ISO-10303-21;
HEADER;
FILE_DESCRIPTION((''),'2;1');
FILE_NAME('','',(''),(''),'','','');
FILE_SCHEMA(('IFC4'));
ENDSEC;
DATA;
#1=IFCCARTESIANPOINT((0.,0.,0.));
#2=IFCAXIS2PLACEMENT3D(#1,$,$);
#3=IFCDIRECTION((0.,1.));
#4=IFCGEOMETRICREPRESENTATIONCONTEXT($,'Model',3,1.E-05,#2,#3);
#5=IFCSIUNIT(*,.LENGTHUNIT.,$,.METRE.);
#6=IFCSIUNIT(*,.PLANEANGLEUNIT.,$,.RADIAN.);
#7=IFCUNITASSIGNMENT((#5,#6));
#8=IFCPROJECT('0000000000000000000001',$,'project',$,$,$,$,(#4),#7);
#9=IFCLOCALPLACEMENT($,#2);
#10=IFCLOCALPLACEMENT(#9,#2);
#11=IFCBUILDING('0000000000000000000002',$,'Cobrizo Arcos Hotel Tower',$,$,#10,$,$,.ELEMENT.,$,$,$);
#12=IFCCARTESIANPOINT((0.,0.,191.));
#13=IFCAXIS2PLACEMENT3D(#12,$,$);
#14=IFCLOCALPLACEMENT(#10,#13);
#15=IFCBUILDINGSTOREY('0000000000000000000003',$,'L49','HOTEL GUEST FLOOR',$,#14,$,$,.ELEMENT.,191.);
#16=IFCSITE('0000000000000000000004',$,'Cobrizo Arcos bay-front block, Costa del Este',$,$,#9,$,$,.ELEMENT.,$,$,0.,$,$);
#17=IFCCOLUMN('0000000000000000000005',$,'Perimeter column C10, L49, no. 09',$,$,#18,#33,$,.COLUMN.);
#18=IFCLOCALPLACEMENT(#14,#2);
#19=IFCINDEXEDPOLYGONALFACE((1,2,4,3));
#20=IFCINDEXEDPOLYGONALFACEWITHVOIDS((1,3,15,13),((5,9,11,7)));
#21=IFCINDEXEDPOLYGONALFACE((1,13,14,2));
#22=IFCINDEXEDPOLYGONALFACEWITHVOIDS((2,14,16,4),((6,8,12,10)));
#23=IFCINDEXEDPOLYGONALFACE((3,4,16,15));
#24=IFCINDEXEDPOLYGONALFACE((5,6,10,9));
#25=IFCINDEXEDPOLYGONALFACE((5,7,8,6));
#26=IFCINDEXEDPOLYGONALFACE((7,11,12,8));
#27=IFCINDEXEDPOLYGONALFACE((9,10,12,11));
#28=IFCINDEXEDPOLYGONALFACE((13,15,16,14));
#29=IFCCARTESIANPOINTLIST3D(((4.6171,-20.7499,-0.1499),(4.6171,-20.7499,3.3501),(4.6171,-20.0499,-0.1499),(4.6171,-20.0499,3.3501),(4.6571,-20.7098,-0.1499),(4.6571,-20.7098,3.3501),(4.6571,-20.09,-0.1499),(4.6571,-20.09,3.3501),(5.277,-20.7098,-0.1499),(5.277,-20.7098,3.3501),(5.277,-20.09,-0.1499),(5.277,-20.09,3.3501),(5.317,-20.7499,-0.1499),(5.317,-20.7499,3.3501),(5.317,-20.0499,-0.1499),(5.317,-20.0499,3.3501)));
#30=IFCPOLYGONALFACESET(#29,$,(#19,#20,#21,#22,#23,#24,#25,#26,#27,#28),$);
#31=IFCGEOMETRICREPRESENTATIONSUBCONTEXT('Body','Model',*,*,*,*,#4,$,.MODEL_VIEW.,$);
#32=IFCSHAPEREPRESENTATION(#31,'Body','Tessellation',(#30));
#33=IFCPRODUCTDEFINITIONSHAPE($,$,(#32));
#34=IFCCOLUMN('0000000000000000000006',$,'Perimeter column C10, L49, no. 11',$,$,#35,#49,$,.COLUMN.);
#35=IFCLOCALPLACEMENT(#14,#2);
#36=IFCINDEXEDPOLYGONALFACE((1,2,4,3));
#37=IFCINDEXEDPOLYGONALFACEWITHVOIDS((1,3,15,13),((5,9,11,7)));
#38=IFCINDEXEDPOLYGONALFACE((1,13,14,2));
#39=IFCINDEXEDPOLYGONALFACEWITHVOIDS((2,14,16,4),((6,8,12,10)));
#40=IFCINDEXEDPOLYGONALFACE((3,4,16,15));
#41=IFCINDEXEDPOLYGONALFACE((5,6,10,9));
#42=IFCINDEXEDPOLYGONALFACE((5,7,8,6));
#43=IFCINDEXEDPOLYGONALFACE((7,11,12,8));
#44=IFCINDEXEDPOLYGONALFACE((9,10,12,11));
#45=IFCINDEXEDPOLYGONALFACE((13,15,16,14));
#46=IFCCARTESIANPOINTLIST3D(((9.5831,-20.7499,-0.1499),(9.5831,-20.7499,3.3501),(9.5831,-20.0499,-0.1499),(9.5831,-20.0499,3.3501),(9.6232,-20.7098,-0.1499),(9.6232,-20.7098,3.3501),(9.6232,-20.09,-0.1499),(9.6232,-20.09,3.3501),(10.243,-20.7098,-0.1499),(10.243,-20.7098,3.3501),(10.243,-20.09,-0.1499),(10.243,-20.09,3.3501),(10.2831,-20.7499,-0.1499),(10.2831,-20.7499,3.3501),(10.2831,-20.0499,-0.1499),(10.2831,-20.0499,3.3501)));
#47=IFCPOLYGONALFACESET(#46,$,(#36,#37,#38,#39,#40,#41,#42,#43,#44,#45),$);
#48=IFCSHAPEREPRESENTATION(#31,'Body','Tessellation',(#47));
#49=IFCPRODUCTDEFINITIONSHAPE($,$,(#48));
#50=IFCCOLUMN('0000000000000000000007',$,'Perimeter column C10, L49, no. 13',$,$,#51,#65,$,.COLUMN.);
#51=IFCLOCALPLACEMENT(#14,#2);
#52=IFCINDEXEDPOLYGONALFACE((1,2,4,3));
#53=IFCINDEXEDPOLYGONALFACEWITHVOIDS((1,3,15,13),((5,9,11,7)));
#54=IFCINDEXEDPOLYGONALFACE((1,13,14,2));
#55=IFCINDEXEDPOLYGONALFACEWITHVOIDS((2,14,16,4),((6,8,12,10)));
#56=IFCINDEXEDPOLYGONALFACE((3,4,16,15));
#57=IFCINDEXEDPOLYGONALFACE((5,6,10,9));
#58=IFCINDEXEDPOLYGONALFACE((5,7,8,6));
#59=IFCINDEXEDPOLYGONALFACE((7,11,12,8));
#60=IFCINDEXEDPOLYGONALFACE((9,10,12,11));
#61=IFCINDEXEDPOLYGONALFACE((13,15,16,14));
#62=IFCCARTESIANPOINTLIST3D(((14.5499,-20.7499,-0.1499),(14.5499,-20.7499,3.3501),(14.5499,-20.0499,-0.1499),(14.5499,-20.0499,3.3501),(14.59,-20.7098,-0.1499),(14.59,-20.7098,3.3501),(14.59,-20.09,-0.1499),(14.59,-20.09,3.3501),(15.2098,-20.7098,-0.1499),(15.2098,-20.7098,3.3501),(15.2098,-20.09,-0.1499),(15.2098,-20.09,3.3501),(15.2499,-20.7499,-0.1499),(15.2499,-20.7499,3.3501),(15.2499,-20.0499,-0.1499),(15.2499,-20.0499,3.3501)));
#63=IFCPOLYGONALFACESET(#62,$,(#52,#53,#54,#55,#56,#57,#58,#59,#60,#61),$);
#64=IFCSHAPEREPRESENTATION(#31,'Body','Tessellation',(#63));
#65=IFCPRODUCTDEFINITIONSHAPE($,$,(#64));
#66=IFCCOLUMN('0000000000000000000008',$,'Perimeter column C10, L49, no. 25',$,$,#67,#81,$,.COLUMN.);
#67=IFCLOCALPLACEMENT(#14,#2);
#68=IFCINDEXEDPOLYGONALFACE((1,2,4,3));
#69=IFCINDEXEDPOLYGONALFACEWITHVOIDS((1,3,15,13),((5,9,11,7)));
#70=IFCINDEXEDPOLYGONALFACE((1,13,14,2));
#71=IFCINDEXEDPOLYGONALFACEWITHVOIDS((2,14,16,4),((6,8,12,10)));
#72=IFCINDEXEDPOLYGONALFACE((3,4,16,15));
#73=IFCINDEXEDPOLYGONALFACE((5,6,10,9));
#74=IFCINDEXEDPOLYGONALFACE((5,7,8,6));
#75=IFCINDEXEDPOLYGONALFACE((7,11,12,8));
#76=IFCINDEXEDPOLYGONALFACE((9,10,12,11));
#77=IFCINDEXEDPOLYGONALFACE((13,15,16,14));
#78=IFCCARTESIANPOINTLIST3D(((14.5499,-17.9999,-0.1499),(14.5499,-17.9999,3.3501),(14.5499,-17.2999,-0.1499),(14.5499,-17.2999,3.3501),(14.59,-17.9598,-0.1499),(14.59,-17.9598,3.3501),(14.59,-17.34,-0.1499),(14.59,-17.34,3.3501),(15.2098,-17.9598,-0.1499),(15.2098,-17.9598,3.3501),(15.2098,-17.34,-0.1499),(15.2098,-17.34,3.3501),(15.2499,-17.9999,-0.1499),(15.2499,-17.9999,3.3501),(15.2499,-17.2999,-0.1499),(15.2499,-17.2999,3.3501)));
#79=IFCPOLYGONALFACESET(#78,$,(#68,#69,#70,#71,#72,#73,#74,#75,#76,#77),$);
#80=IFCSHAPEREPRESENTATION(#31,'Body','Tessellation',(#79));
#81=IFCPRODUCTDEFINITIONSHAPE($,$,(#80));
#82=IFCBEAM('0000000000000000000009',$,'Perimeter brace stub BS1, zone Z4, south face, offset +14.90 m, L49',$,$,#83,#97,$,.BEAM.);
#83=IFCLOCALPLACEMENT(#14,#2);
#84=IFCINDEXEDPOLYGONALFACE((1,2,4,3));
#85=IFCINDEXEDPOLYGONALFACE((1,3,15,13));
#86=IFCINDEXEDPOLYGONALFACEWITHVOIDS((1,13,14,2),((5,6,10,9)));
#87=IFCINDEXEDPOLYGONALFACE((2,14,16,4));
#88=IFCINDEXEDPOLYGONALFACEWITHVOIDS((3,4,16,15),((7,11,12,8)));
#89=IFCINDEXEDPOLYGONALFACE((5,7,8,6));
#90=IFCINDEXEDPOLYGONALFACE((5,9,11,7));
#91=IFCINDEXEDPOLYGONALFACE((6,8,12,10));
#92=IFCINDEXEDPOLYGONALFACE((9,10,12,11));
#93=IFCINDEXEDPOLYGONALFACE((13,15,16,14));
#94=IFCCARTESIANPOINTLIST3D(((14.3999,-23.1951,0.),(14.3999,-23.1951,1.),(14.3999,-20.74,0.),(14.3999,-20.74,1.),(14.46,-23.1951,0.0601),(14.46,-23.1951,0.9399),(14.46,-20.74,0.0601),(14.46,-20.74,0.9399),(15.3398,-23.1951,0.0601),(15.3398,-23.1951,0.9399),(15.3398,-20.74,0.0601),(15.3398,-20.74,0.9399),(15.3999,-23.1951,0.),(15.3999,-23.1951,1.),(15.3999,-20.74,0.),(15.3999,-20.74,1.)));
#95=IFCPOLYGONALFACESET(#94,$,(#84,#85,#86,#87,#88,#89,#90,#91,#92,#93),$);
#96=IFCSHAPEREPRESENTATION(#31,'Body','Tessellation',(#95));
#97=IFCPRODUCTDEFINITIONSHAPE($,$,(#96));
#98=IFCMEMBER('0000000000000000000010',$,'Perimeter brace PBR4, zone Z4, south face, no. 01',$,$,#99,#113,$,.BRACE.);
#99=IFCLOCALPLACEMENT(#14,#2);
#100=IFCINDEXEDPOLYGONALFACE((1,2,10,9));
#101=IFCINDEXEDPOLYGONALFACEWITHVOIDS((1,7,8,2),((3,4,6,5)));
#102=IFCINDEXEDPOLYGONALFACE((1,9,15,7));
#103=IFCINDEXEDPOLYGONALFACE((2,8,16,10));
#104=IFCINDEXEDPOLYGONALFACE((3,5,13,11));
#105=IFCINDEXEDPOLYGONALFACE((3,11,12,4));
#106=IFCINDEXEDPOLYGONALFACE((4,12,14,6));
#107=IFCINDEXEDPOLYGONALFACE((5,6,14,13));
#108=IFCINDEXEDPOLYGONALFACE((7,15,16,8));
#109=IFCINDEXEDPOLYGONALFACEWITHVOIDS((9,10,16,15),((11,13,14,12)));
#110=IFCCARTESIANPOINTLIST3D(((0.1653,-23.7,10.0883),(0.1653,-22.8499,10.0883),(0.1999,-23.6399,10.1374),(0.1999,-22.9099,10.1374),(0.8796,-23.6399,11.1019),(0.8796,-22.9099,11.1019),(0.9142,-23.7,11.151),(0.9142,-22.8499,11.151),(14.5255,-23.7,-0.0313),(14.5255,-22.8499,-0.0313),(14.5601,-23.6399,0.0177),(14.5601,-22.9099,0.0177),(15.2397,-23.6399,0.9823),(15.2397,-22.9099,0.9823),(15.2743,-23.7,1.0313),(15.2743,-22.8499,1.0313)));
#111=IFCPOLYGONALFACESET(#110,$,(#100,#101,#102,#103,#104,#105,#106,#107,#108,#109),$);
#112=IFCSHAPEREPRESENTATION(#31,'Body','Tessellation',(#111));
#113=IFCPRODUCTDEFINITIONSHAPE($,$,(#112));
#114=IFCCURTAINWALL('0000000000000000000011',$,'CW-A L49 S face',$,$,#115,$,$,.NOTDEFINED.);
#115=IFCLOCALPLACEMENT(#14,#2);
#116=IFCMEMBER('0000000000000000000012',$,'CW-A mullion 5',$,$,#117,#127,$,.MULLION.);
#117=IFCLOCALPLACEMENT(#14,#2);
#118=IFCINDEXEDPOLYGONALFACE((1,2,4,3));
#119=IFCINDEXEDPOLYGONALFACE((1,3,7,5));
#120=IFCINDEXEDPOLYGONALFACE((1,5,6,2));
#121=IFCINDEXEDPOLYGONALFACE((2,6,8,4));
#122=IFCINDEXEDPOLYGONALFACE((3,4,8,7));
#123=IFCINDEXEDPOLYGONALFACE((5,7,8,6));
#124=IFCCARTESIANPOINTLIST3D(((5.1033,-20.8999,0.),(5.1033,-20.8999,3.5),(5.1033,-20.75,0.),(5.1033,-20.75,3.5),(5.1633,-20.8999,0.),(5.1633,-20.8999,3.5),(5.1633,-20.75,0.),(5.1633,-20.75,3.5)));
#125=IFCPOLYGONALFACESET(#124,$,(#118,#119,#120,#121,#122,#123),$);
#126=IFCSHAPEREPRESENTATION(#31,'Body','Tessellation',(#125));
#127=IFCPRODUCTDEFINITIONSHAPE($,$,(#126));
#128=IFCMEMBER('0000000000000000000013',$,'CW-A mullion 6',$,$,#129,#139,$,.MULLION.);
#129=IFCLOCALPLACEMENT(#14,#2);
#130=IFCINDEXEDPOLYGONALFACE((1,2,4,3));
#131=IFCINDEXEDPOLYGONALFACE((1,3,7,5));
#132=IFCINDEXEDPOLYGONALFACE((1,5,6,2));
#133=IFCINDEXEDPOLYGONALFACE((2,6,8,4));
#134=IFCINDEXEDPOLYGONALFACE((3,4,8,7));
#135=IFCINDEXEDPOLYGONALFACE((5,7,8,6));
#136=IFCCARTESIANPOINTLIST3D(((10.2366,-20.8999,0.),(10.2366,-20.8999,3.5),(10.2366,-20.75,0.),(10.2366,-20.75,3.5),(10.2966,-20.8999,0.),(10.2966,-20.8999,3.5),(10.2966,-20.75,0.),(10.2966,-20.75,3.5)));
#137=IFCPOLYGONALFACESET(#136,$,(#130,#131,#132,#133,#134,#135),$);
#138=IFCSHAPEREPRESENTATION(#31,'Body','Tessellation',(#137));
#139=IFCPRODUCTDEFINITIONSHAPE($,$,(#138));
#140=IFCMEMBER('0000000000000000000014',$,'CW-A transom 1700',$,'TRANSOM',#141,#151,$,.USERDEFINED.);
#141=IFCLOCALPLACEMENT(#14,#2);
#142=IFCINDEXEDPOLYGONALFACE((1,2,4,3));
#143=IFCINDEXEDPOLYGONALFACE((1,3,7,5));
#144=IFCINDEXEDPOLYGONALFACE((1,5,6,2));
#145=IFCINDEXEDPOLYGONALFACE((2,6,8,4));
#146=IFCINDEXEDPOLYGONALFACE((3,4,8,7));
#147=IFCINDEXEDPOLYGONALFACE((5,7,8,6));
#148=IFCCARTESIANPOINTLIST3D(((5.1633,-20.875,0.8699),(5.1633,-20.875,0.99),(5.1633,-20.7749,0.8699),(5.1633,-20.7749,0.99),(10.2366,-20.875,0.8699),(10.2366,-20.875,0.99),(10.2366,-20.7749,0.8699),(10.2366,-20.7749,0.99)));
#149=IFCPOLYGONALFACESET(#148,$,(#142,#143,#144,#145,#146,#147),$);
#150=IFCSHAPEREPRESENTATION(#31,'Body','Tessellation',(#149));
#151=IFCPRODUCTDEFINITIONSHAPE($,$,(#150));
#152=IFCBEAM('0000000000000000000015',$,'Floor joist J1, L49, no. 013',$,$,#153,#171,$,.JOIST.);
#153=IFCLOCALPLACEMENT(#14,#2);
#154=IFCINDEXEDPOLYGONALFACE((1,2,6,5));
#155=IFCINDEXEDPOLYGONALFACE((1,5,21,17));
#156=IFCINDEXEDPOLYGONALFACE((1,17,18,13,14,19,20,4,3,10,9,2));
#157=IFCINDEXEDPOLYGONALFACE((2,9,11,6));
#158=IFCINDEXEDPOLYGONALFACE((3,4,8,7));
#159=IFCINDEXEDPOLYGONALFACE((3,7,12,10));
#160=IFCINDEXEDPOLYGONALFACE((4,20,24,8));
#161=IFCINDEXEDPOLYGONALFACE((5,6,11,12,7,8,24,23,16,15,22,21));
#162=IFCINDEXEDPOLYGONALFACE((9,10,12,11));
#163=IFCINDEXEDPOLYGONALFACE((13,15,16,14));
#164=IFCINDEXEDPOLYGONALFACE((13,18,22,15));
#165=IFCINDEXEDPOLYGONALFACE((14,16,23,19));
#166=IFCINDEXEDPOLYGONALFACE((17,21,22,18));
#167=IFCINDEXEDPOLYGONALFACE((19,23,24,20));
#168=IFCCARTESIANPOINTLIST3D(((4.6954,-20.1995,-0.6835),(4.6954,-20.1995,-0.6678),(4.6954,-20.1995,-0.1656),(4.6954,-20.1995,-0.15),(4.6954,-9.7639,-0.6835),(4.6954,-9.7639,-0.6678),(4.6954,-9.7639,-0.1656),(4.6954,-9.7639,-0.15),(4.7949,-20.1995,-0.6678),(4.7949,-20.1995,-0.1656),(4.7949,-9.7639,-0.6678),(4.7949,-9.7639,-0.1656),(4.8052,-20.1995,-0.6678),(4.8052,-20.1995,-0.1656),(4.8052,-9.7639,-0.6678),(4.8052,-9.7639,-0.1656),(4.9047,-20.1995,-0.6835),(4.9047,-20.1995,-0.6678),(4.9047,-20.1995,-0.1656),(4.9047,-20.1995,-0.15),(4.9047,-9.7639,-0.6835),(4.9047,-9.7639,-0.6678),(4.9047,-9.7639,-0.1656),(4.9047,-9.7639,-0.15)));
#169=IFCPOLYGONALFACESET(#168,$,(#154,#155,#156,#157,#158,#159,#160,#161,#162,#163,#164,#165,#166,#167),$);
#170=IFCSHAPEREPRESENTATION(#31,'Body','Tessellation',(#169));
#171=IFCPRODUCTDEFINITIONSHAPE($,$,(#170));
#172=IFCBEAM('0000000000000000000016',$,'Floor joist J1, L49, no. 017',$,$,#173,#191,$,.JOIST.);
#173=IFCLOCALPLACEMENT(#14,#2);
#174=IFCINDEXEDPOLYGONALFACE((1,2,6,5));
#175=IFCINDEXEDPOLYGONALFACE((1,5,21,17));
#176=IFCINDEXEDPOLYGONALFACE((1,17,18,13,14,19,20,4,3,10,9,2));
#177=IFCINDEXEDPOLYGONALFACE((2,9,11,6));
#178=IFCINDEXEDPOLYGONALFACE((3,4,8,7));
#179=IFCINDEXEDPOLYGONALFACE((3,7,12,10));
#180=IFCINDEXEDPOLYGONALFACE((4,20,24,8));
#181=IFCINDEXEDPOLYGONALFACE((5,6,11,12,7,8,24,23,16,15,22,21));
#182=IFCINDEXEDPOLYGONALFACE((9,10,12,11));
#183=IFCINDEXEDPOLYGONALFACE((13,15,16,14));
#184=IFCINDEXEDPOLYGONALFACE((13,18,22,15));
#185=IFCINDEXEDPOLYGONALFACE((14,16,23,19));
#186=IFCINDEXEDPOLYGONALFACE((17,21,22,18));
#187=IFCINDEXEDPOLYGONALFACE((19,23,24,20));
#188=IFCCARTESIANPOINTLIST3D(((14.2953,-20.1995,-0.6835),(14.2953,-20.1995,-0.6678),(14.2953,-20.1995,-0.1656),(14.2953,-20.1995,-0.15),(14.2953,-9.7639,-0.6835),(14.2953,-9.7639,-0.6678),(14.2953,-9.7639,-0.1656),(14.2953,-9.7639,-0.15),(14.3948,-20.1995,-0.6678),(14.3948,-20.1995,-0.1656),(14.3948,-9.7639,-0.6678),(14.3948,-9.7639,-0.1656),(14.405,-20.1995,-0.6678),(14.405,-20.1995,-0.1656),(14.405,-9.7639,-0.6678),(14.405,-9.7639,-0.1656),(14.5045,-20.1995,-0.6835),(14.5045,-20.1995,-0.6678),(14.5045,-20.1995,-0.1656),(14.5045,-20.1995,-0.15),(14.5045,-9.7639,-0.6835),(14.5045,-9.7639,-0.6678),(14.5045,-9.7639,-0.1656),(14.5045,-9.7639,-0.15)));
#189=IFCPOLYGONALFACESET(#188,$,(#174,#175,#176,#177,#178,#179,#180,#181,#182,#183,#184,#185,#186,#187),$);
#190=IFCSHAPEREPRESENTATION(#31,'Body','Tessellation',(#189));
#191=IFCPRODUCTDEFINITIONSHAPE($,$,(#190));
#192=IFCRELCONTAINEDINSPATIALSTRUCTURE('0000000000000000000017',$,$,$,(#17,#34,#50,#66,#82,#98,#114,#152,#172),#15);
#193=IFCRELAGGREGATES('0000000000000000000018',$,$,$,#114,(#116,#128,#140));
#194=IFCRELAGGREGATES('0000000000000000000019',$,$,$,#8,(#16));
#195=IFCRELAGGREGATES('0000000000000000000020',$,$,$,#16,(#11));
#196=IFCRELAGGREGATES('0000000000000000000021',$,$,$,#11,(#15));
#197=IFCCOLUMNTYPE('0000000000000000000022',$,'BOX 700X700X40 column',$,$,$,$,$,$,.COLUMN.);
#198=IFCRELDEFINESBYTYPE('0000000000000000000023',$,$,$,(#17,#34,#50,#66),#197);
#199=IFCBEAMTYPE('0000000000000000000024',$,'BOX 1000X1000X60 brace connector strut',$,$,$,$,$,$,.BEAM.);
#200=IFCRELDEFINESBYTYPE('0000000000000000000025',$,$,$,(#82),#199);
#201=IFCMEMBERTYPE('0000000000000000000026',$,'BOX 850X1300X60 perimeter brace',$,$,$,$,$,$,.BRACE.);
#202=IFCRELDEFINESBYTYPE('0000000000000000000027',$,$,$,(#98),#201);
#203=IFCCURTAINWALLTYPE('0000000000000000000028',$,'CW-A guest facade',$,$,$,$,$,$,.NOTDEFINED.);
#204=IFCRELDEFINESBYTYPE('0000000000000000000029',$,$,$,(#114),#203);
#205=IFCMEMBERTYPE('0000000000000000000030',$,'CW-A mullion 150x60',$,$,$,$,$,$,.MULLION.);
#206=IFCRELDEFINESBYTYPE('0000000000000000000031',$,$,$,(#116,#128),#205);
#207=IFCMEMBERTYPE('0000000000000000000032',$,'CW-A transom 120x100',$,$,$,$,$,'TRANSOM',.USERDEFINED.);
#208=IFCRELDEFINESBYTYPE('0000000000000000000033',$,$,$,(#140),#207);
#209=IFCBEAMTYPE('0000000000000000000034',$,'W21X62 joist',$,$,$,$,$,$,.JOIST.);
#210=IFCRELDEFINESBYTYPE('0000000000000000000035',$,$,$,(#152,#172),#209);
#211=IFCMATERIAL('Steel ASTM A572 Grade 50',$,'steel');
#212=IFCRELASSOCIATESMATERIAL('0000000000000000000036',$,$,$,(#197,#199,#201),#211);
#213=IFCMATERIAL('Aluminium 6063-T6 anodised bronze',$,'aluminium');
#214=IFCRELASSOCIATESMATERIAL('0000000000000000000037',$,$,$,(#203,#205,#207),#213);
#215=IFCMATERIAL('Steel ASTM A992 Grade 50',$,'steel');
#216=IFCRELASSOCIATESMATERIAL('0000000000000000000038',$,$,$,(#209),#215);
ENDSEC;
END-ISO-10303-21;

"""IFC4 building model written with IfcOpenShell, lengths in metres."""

from ifc_helpers import new_model, si_unit, direction, frame, origin, origin_2d, place, context, subcontext, project, spatial, rectangle, hollow_rectangle, i_section, extrude, material, material_profile, profile_set, type_object, element, aggregate, save


model = new_model("IFC4")

# Units and contexts
model_context = context("Model", 3, precision=1e-05, world=origin(), true_north=direction((0.0, 1.0)))
body_context = subcontext(model_context, "Body", "Model", "MODEL_VIEW")
ifc_project = project(units=[si_unit("LENGTHUNIT", "METRE"), si_unit("PLANEANGLEUNIT", "RADIAN")], contexts=[model_context])

# Site, building, storey
site_placement = place(None, origin())
site = spatial("IfcSite", under=ifc_project, at=site_placement, Name="Cobrizo Arcos bay-front block, Costa del Este", CompositionType="ELEMENT", RefElevation=0.0)
building_placement = place(site_placement, origin())
building = spatial("IfcBuilding", under=site, at=building_placement, Name="Cobrizo Arcos Hotel Tower", CompositionType="ELEMENT")
storey_placement = place(building_placement, frame((0.0, 0.0, 191.0)))
storey = spatial("IfcBuildingStorey", under=building, at=storey_placement, Name="L49", Description="HOTEL GUEST FLOOR", CompositionType="ELEMENT", Elevation=191.0)

# Columns
ifc_material_1 = material(Name="Steel ASTM A572 Grade 50", Category="steel")
ifc_material_profile_1 = material_profile(ifc_material_1, hollow_rectangle(XDim=0.7, YDim=0.7, WallThickness=0.04, at=origin_2d()), Name="BOX 700X700X40")
ifc_profile_set_1 = profile_set([ifc_material_profile_1], Name="Steel ASTM A572 Grade 50")
column_type = type_object("IfcColumnType", Name="BOX 700X700X40 column", PredefinedType="COLUMN", material=ifc_profile_set_1)
for number, where, z_axis, x_axis, name in (
    (1, (4.967, -20.3999, -0.1499), (0.0, 0.0, 1.0), (1.0, 0.0, 0.0), "Perimeter column C10, L49, no. 09"),
    (2, (9.9331, -20.3999, -0.1499), (0.0, 0.0, 1.0), (1.0, 0.0, 0.0), "Perimeter column C10, L49, no. 11"),
    (3, (14.8999, -20.3999, -0.1499), (0.0, 0.0, 1.0), (1.0, 0.0, 0.0), "Perimeter column C10, L49, no. 13"),
    (4, (14.8999, -17.6499, -0.1499), (0.0, 0.0, 1.0), (1.0, 0.0, 0.0), "Perimeter column C10, L49, no. 25"),
):
    element("IfcColumn", number, at=place(storey_placement, frame(where, z_axis=z_axis, x_axis=x_axis)), inside=storey, type_object=column_type, Name=name, PredefinedType="COLUMN", context=body_context, shape_type="SweptSolid", body=[
        extrude(hollow_rectangle(XDim=0.7, YDim=0.7, WallThickness=0.04, at=origin_2d()), origin(), (0.0, 0.0, 1.0), 3.5),
    ])

# Beam
ifc_material_profile_2 = material_profile(ifc_material_1, hollow_rectangle(XDim=1.0, YDim=1.0, WallThickness=0.0601, at=origin_2d()), Name="BOX 1000X1000X60")
ifc_profile_set_2 = profile_set([ifc_material_profile_2], Name="Steel ASTM A572 Grade 50")
beam_type_1 = type_object("IfcBeamType", Name="BOX 1000X1000X60 brace connector strut", PredefinedType="BEAM", material=ifc_profile_set_2)
beam_1_placement = place(storey_placement, frame((14.8999, -20.74, 0.5), z_axis=(0.0, -1.0, 0.0), x_axis=(1.0, 0.0, 0.0)))
element("IfcBeam", 5, at=beam_1_placement, inside=storey, type_object=beam_type_1, Name="Perimeter brace stub BS1, zone Z4, south face, offset +14.90 m, L49", PredefinedType="BEAM", context=body_context, shape_type="SweptSolid", body=[
    extrude(hollow_rectangle(XDim=1.0, YDim=1.0, WallThickness=0.0601, at=origin_2d()), origin(), (0.0, 0.0, 1.0), 2.4551),
])

# Member
ifc_material_profile_3 = material_profile(ifc_material_1, hollow_rectangle(XDim=0.8501, YDim=1.3, WallThickness=0.0601, at=origin_2d()), Name="BOX 850X1300X60")
ifc_profile_set_3 = profile_set([ifc_material_profile_3], Name="Steel ASTM A572 Grade 50")
member_type_1 = type_object("IfcMemberType", Name="BOX 850X1300X60 perimeter brace", PredefinedType="BRACE", material=ifc_profile_set_3)
member_1_placement = place(storey_placement, frame((14.8999, -23.2749, 0.5), z_axis=(-0.817421, 0.0, 0.57604), x_axis=(0.0, -1.0, 0.0)))
element("IfcMember", 6, at=member_1_placement, inside=storey, type_object=member_type_1, Name="Perimeter brace PBR4, zone Z4, south face, no. 01", PredefinedType="BRACE", context=body_context, shape_type="SweptSolid", body=[
    extrude(hollow_rectangle(XDim=0.8501, YDim=1.3, WallThickness=0.0601, at=origin_2d()), origin(), (0.0, 0.0, 1.0), 17.5676),
])

# Curtain wall, members
ifc_material_2 = material(Name="Aluminium 6063-T6 anodised bronze", Category="aluminium")
curtain_wall_type = type_object("IfcCurtainWallType", Name="CW-A guest facade", PredefinedType="NOTDEFINED", material=ifc_material_2)
curtain_wall_placement = place(storey_placement, origin())
curtain_wall = element("IfcCurtainWall", 7, at=curtain_wall_placement, inside=storey, type_object=curtain_wall_type, Name="CW-A L49 S face", PredefinedType="NOTDEFINED")
ifc_material_profile_4 = material_profile(ifc_material_2, rectangle(XDim=0.1499, YDim=0.0601, at=origin_2d()), Name="CW-A mullion 150x60")
ifc_profile_set_4 = profile_set([ifc_material_profile_4], Name="Aluminium 6063-T6 anodised bronze")
member_type_2 = type_object("IfcMemberType", Name="CW-A mullion 150x60", PredefinedType="MULLION", material=ifc_profile_set_4)
member_2_placement = place(storey_placement, frame((5.1333, -20.825, 0.0), z_axis=(0.0, 0.0, 1.0), x_axis=(0.0, -1.0, 0.0)))
member_2 = element("IfcMember", 8, at=member_2_placement, type_object=member_type_2, Name="CW-A mullion 5", PredefinedType="MULLION", context=body_context, shape_type="SweptSolid", body=[
    extrude(rectangle(XDim=0.1499, YDim=0.0601, at=origin_2d()), origin(), (0.0, 0.0, 1.0), 3.5),
])
member_3_placement = place(storey_placement, frame((10.2666, -20.825, 0.0), z_axis=(0.0, 0.0, 1.0), x_axis=(0.0, -1.0, 0.0)))
member_3 = element("IfcMember", 9, at=member_3_placement, type_object=member_type_2, Name="CW-A mullion 6", PredefinedType="MULLION", context=body_context, shape_type="SweptSolid", body=[
    extrude(rectangle(XDim=0.1499, YDim=0.0601, at=origin_2d()), origin(), (0.0, 0.0, 1.0), 3.5),
])
ifc_material_profile_5 = material_profile(ifc_material_2, rectangle(XDim=0.1001, YDim=0.1201, at=origin_2d()), Name="CW-A transom 120x100")
ifc_profile_set_5 = profile_set([ifc_material_profile_5], Name="Aluminium 6063-T6 anodised bronze")
member_type_3 = type_object("IfcMemberType", Name="CW-A transom 120x100", ElementType="TRANSOM", PredefinedType="USERDEFINED", material=ifc_profile_set_5)
member_4_placement = place(storey_placement, frame((5.1633, -20.825, 0.9299), z_axis=(1.0, 0.0, 0.0), x_axis=(0.0, 1.0, 0.0)))
member_4 = element("IfcMember", 10, at=member_4_placement, type_object=member_type_3, Name="CW-A transom 1700", ObjectType="TRANSOM", PredefinedType="USERDEFINED", context=body_context, shape_type="SweptSolid", body=[
    extrude(rectangle(XDim=0.1001, YDim=0.1201, at=origin_2d()), origin(), (0.0, 0.0, 1.0), 5.0732),
])

# Beams
ifc_material_3 = material(Name="Steel ASTM A992 Grade 50", Category="steel")
ifc_material_profile_6 = material_profile(ifc_material_3, i_section(OverallWidth=0.2092, OverallDepth=0.5334, WebThickness=0.0103, FlangeThickness=0.0156, at=origin_2d()), Name="W21X62")
ifc_profile_set_6 = profile_set([ifc_material_profile_6], Name="Steel ASTM A992 Grade 50")
beam_type_2 = type_object("IfcBeamType", Name="W21X62 joist", PredefinedType="JOIST", material=ifc_profile_set_6)
for number, where, z_axis, x_axis, name in (
    (11, (4.8, -20.1995, -0.4167), (0.0, 1.0, 0.0), (-1.0, 0.0, 0.0), "Floor joist J1, L49, no. 013"),
    (12, (14.3999, -20.1995, -0.4167), (0.0, 1.0, 0.0), (-1.0, 0.0, 0.0), "Floor joist J1, L49, no. 017"),
):
    element("IfcBeam", number, at=place(storey_placement, frame(where, z_axis=z_axis, x_axis=x_axis)), inside=storey, type_object=beam_type_2, Name=name, PredefinedType="JOIST", context=body_context, shape_type="SweptSolid", body=[
        extrude(i_section(OverallWidth=0.2092, OverallDepth=0.5334, WebThickness=0.0103, FlangeThickness=0.0156, at=origin_2d()), origin(), (0.0, 0.0, 1.0), 10.4355),
    ])

aggregate(curtain_wall, [member_2, member_3, member_4])

save(model, "model.ifc")
